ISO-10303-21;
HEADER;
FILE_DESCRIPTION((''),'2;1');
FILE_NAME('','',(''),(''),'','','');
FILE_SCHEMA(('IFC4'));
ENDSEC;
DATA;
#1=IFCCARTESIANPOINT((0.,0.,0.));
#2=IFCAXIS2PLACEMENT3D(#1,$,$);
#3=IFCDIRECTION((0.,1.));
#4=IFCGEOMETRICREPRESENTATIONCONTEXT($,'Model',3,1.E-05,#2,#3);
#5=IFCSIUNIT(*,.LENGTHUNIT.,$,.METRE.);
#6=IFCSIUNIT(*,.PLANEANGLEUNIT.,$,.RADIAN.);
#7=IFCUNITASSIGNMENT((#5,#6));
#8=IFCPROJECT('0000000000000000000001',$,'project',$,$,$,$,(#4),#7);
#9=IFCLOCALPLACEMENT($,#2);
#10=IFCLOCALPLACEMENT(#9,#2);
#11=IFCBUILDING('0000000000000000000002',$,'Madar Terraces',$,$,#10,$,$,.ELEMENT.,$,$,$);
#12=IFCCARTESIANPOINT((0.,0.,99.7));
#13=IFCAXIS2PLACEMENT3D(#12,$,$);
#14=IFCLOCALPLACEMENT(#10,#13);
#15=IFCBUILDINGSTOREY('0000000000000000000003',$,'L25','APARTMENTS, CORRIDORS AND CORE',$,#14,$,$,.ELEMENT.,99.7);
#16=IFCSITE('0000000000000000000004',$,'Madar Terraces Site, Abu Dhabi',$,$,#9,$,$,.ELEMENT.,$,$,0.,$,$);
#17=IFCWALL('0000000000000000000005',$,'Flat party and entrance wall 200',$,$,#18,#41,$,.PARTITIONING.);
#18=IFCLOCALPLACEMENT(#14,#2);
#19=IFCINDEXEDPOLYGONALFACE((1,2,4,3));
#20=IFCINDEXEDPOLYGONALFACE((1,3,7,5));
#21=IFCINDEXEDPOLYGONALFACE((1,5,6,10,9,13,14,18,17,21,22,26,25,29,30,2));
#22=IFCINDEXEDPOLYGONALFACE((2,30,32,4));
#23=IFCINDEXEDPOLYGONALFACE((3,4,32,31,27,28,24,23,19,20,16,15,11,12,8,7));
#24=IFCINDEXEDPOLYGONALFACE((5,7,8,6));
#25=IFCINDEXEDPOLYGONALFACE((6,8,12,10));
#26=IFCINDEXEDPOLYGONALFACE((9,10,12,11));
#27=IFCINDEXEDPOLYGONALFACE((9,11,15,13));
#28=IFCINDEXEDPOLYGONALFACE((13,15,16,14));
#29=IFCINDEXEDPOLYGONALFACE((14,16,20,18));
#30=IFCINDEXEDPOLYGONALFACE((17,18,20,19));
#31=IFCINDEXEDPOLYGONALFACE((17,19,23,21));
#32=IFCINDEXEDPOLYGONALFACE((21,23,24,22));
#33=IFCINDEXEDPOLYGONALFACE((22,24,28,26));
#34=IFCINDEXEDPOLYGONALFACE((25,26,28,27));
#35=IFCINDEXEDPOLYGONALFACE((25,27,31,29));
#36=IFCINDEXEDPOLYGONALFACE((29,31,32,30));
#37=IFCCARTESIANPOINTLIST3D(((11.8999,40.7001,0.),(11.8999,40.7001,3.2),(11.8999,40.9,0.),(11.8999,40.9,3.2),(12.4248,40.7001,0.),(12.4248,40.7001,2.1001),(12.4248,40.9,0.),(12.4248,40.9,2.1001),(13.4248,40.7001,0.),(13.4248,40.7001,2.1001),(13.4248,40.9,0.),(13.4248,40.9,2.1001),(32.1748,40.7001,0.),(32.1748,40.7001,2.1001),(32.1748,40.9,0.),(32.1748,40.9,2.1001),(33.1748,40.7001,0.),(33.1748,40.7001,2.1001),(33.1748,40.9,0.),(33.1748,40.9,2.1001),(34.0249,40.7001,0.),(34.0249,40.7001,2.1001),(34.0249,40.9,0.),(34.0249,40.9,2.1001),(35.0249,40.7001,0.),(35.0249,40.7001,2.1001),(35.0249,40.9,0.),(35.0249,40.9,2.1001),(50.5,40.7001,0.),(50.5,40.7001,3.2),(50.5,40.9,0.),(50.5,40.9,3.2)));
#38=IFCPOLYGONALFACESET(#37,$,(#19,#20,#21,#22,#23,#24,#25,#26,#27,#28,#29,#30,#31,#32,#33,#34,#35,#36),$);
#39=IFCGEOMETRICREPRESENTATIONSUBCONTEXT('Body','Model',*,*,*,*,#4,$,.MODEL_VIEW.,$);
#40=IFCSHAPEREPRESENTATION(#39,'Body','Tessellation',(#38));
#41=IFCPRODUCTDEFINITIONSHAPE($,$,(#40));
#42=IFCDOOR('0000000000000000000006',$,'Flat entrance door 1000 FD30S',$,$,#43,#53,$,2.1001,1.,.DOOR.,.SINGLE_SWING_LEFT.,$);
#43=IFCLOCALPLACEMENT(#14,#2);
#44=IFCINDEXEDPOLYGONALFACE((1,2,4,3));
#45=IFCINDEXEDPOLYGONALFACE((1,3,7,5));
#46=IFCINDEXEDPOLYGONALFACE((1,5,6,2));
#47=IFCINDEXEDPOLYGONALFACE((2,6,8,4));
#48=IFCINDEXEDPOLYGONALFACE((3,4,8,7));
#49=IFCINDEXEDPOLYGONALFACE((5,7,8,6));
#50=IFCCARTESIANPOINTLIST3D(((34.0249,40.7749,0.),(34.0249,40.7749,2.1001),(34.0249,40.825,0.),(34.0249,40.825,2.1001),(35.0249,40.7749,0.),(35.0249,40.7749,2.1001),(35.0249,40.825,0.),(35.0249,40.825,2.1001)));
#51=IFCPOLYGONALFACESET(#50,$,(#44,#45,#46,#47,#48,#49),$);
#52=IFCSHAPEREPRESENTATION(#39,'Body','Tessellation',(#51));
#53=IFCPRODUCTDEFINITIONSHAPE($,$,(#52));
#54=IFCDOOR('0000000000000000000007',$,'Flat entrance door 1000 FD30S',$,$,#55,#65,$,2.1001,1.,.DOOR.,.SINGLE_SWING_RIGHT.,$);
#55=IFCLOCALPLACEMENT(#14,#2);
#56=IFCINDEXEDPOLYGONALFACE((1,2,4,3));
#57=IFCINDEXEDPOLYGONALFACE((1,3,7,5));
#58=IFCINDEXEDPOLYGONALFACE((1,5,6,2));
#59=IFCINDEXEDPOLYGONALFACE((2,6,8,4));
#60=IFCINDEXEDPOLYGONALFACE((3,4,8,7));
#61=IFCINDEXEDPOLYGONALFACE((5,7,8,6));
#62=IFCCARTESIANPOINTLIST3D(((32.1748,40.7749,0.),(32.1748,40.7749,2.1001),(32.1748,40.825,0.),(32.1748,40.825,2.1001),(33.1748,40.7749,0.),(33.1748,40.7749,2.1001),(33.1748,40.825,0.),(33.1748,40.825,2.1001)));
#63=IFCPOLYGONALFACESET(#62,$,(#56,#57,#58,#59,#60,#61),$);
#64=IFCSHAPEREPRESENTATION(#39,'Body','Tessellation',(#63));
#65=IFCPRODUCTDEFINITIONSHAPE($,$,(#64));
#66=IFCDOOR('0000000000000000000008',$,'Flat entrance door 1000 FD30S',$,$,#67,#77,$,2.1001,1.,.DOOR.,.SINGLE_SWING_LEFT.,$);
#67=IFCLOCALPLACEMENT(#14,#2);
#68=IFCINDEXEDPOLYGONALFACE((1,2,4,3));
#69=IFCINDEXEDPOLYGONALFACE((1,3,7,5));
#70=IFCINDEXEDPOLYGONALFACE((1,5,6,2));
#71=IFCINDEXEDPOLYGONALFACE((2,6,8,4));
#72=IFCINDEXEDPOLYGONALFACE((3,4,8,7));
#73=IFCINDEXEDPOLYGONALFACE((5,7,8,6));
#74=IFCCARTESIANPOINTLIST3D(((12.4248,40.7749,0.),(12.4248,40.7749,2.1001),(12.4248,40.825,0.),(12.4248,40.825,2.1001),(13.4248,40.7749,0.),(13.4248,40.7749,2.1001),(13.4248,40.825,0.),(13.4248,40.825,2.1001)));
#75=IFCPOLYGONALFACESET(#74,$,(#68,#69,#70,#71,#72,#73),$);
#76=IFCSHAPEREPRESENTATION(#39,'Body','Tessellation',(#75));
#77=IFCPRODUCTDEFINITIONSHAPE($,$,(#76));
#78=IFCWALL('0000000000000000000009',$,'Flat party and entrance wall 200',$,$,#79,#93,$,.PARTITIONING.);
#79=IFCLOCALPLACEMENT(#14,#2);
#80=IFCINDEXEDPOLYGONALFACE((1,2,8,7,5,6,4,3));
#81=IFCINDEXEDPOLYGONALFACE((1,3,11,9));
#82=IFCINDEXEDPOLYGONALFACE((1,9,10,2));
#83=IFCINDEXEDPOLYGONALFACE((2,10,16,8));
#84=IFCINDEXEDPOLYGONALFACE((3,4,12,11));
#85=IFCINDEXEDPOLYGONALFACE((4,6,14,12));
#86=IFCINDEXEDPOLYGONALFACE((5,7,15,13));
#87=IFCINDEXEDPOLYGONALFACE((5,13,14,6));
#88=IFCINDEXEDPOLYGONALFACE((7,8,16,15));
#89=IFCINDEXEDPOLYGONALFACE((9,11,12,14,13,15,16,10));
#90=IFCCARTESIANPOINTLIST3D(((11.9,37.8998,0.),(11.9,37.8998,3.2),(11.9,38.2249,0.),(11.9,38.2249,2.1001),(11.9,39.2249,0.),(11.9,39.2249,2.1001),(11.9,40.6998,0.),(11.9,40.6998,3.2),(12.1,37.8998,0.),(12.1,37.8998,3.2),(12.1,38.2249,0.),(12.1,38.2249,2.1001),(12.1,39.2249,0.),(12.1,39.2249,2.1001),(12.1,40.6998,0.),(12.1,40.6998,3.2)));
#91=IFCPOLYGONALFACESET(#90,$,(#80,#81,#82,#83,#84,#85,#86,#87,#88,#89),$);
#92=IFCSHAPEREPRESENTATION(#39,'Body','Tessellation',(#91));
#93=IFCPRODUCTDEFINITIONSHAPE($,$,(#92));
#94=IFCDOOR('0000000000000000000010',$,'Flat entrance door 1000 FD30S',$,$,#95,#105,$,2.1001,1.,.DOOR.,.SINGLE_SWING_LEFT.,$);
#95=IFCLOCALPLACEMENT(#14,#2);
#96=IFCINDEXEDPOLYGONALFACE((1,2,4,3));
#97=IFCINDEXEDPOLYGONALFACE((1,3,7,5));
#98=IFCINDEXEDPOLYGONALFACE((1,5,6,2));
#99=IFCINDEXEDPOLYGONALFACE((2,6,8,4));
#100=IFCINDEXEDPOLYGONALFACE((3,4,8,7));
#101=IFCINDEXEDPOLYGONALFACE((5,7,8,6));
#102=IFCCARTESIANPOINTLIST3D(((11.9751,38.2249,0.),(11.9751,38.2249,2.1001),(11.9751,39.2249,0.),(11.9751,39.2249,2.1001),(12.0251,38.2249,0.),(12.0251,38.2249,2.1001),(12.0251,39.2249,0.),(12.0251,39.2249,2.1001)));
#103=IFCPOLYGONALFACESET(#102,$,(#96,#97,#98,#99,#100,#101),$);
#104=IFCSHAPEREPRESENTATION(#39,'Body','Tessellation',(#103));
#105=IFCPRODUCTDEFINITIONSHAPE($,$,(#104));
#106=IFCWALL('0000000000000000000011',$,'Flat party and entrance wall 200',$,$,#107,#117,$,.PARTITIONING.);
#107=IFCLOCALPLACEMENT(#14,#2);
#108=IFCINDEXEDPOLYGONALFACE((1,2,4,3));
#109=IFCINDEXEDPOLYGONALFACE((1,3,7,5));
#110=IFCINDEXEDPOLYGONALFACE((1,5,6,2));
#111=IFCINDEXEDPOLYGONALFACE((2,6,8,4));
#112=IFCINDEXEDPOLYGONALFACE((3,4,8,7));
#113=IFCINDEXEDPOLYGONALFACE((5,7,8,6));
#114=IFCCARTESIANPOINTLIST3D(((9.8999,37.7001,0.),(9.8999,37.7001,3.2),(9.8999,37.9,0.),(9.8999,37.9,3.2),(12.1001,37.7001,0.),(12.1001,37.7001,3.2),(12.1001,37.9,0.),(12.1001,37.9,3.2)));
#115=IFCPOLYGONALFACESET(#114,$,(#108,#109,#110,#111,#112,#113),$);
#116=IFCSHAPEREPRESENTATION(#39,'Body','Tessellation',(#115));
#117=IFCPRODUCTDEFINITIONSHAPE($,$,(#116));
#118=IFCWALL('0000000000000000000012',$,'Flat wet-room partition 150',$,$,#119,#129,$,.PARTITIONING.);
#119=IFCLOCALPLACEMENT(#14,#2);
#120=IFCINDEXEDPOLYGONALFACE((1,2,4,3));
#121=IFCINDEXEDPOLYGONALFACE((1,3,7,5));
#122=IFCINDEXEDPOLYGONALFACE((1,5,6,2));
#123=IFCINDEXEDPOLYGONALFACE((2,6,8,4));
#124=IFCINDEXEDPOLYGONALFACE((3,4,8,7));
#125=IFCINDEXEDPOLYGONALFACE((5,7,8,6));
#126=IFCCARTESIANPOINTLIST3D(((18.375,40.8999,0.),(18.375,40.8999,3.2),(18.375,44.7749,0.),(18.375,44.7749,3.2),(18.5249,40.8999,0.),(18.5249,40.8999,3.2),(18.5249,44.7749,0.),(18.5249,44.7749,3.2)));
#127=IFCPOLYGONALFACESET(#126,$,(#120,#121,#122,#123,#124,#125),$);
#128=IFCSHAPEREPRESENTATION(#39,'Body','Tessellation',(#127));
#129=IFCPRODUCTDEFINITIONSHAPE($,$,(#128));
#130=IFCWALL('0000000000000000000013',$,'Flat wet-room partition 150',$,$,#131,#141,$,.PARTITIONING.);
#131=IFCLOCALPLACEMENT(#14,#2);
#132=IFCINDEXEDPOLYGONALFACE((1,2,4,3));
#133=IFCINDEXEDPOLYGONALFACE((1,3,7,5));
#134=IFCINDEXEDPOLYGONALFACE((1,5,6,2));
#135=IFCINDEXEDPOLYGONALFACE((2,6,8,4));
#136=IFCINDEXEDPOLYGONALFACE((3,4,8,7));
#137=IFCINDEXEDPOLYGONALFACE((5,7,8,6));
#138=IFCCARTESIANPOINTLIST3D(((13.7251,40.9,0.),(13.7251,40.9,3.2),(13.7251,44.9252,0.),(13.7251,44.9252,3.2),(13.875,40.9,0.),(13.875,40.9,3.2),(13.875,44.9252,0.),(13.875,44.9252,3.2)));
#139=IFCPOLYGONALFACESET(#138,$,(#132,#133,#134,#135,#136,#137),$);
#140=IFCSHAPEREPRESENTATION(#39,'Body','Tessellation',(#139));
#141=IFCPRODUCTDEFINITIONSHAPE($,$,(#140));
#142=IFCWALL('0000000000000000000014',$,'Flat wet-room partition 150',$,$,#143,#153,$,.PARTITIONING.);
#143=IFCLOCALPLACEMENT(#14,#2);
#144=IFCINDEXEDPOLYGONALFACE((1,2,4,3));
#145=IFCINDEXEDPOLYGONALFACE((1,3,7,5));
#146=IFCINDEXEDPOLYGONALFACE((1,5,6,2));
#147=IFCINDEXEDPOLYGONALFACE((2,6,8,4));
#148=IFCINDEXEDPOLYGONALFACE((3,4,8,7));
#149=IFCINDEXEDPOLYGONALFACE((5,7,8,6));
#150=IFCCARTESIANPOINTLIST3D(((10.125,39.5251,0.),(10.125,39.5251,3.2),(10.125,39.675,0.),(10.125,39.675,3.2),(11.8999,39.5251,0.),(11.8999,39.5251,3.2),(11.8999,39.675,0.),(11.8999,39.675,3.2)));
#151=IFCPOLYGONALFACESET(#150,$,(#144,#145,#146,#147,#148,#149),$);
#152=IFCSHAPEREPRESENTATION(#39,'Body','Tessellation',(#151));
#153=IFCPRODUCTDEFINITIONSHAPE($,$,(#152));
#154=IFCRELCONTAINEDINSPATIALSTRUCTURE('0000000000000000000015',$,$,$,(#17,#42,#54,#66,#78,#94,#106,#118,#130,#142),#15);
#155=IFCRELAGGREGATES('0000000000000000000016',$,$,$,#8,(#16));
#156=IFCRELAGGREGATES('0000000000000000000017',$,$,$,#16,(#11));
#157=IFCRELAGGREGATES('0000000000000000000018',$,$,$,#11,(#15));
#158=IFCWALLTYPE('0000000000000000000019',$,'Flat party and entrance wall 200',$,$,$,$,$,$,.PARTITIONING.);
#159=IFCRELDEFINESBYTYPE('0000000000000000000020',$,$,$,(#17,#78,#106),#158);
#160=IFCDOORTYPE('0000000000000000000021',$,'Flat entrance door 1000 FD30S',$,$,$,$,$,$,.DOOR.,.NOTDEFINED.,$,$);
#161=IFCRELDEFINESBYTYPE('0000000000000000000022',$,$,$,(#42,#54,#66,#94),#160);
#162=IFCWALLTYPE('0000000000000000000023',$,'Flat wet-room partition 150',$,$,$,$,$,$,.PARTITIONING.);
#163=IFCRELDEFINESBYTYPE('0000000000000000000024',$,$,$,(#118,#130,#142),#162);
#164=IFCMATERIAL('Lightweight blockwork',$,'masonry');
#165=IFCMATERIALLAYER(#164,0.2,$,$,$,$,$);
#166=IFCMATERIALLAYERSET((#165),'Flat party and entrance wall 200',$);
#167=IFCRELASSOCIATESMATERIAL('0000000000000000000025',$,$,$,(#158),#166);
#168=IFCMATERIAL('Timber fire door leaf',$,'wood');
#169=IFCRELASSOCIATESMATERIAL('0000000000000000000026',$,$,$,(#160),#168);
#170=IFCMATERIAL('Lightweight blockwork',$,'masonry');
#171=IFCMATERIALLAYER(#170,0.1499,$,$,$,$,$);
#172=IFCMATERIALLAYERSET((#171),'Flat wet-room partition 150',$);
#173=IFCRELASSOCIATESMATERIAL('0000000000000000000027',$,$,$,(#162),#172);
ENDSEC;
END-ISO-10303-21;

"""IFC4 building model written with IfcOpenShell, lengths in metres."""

from ifc_helpers import new_model, si_unit, direction, frame, frame_2d, origin, place, context, subcontext, project, spatial, rectangle, extrude, material, layer, layer_set, type_object, element, fill, save


model = new_model("IFC4")

# Units and contexts
model_context = context("Model", 3, precision=1e-05, world=origin(), true_north=direction((0.0, 1.0)))
body_context = subcontext(model_context, "Body", "Model", "MODEL_VIEW")
ifc_project = project(units=[si_unit("LENGTHUNIT", "METRE"), si_unit("PLANEANGLEUNIT", "RADIAN")], contexts=[model_context])

# Site, building, storey
site_placement = place(None, origin())
site = spatial("IfcSite", under=ifc_project, at=site_placement, Name="Madar Terraces Site, Abu Dhabi", CompositionType="ELEMENT", RefElevation=0.0)
building_placement = place(site_placement, origin())
building = spatial("IfcBuilding", under=site, at=building_placement, Name="Madar Terraces", CompositionType="ELEMENT")
storey_placement = place(building_placement, frame((0.0, 0.0, 99.7)))
storey = spatial("IfcBuildingStorey", under=building, at=storey_placement, Name="L25", Description="APARTMENTS, CORRIDORS AND CORE", CompositionType="ELEMENT", Elevation=99.7)

# Wall, openings, doors
ifc_material_1 = material(Name="Lightweight blockwork", Category="masonry")
ifc_layer_1 = layer(ifc_material_1, 0.2)
ifc_layer_set_1 = layer_set([ifc_layer_1], Name="Flat party and entrance wall 200")
wall_type_1 = type_object("IfcWallType", Name="Flat party and entrance wall 200", PredefinedType="PARTITIONING", material=ifc_layer_set_1)
wall_1_placement = place(storey_placement, frame((11.8999, 40.8, 0.0), z_axis=(0.0, 0.0, 1.0), x_axis=(1.0, 0.0, 0.0)))
wall_1 = element("IfcWall", 1, at=wall_1_placement, inside=storey, type_object=wall_type_1, Name="Flat party and entrance wall 200", PredefinedType="PARTITIONING", context=body_context, shape_type="SweptSolid", body=[
    extrude(rectangle(XDim=38.6001, YDim=0.2, at=frame_2d((19.3, 0.0))), origin(), (0.0, 0.0, 1.0), 3.2),
])
opening_1_placement = place(wall_1_placement, frame((22.125, 0.0, 0.0)))
opening_1 = element("IfcOpeningElement", 2, at=opening_1_placement, cuts=wall_1, PredefinedType="OPENING", context=body_context, shape_type="SweptSolid", body=[
    extrude(rectangle(XDim=1.0, YDim=2.1001, at=frame_2d((0.5, 1.05))), frame((0.0, 0.1099, 0.0), z_axis=(0.0, -1.0, 0.0), x_axis=(1.0, 0.0, 0.0)), (0.0, 0.0, 1.0), 0.22),
])
opening_2_placement = place(wall_1_placement, frame((20.2749, 0.0, 0.0)))
opening_2 = element("IfcOpeningElement", 3, at=opening_2_placement, cuts=wall_1, PredefinedType="OPENING", context=body_context, shape_type="SweptSolid", body=[
    extrude(rectangle(XDim=1.0, YDim=2.1001, at=frame_2d((0.5, 1.05))), frame((0.0, 0.1099, 0.0), z_axis=(0.0, -1.0, 0.0), x_axis=(1.0, 0.0, 0.0)), (0.0, 0.0, 1.0), 0.22),
])
opening_3_placement = place(wall_1_placement, frame((0.5249, 0.0, 0.0)))
opening_3 = element("IfcOpeningElement", 4, at=opening_3_placement, cuts=wall_1, PredefinedType="OPENING", context=body_context, shape_type="SweptSolid", body=[
    extrude(rectangle(XDim=1.0, YDim=2.1001, at=frame_2d((0.5, 1.05))), frame((0.0, 0.1099, 0.0), z_axis=(0.0, -1.0, 0.0), x_axis=(1.0, 0.0, 0.0)), (0.0, 0.0, 1.0), 0.22),
])
ifc_material_2 = material(Name="Timber fire door leaf", Category="wood")
door_type_1 = type_object("IfcDoorType", Name="Flat entrance door 1000 FD30S", OperationType="NOTDEFINED", PredefinedType="DOOR", material=ifc_material_2)
door_1_placement = place(opening_1_placement, origin())
door_1 = element("IfcDoor", 5, at=door_1_placement, inside=storey, type_object=door_type_1, Name="Flat entrance door 1000 FD30S", OperationType="SINGLE_SWING_LEFT", OverallHeight=2.1001, OverallWidth=1.0, PredefinedType="DOOR", context=body_context, shape_type="SweptSolid", body=[
    extrude(rectangle(XDim=1.0, YDim=2.1001, at=frame_2d((0.5, 1.05))), frame((0.0, 0.0249, 0.0), z_axis=(0.0, -1.0, 0.0), x_axis=(1.0, 0.0, 0.0)), (0.0, 0.0, 1.0), 0.05),
])
fill(opening_1, door_1)
door_2_placement = place(opening_2_placement, origin())
door_2 = element("IfcDoor", 6, at=door_2_placement, inside=storey, type_object=door_type_1, Name="Flat entrance door 1000 FD30S", OperationType="SINGLE_SWING_RIGHT", OverallHeight=2.1001, OverallWidth=1.0, PredefinedType="DOOR", context=body_context, shape_type="SweptSolid", body=[
    extrude(rectangle(XDim=1.0, YDim=2.1001, at=frame_2d((0.5, 1.05))), frame((0.0, 0.0249, 0.0), z_axis=(0.0, -1.0, 0.0), x_axis=(1.0, 0.0, 0.0)), (0.0, 0.0, 1.0), 0.05),
])
fill(opening_2, door_2)
door_3_placement = place(opening_3_placement, origin())
door_3 = element("IfcDoor", 7, at=door_3_placement, inside=storey, type_object=door_type_1, Name="Flat entrance door 1000 FD30S", OperationType="SINGLE_SWING_LEFT", OverallHeight=2.1001, OverallWidth=1.0, PredefinedType="DOOR", context=body_context, shape_type="SweptSolid", body=[
    extrude(rectangle(XDim=1.0, YDim=2.1001, at=frame_2d((0.5, 1.05))), frame((0.0, 0.0249, 0.0), z_axis=(0.0, -1.0, 0.0), x_axis=(1.0, 0.0, 0.0)), (0.0, 0.0, 1.0), 0.05),
])
fill(opening_3, door_3)

# Wall, opening, door
wall_2_placement = place(storey_placement, frame((12.0, 37.8999, 0.0), z_axis=(0.0, 0.0, 1.0), x_axis=(0.0, 1.0, 0.0)))
wall_2 = element("IfcWall", 8, at=wall_2_placement, inside=storey, type_object=wall_type_1, Name="Flat party and entrance wall 200", PredefinedType="PARTITIONING", context=body_context, shape_type="SweptSolid", body=[
    extrude(rectangle(XDim=2.8, YDim=0.2, at=frame_2d((1.3999, 0.0))), origin(), (0.0, 0.0, 1.0), 3.2),
])
opening_4_placement = place(wall_2_placement, frame((0.325, 0.0, 0.0)))
opening_4 = element("IfcOpeningElement", 9, at=opening_4_placement, cuts=wall_2, PredefinedType="OPENING", context=body_context, shape_type="SweptSolid", body=[
    extrude(rectangle(XDim=1.0, YDim=2.1001, at=frame_2d((0.5, 1.05))), frame((0.0, 0.1099, 0.0), z_axis=(0.0, -1.0, 0.0), x_axis=(1.0, 0.0, 0.0)), (0.0, 0.0, 1.0), 0.22),
])
door_4_placement = place(opening_4_placement, origin())
door_4 = element("IfcDoor", 10, at=door_4_placement, inside=storey, type_object=door_type_1, Name="Flat entrance door 1000 FD30S", OperationType="SINGLE_SWING_LEFT", OverallHeight=2.1001, OverallWidth=1.0, PredefinedType="DOOR", context=body_context, shape_type="SweptSolid", body=[
    extrude(rectangle(XDim=1.0, YDim=2.1001, at=frame_2d((0.5, 1.05))), frame((0.0, 0.0249, 0.0), z_axis=(0.0, -1.0, 0.0), x_axis=(1.0, 0.0, 0.0)), (0.0, 0.0, 1.0), 0.05),
])
fill(opening_4, door_4)

# Walls
wall_3_placement = place(storey_placement, frame((12.1001, 37.8, 0.0), z_axis=(0.0, 0.0, 1.0), x_axis=(-1.0, 0.0, 0.0)))
element("IfcWall", 11, at=wall_3_placement, inside=storey, type_object=wall_type_1, Name="Flat party and entrance wall 200", PredefinedType="PARTITIONING", context=body_context, shape_type="SweptSolid", body=[
    extrude(rectangle(XDim=2.2002, YDim=0.2, at=frame_2d((1.1001, 0.0))), origin(), (0.0, 0.0, 1.0), 3.2),
])
ifc_material_3 = material(Name="Lightweight blockwork", Category="masonry")
ifc_layer_2 = layer(ifc_material_3, 0.1499)
ifc_layer_set_2 = layer_set([ifc_layer_2], Name="Flat wet-room partition 150")
wall_type_2 = type_object("IfcWallType", Name="Flat wet-room partition 150", PredefinedType="PARTITIONING", material=ifc_layer_set_2)
wall_4_placement = place(storey_placement, frame((18.45, 40.8999, 0.0), z_axis=(0.0, 0.0, 1.0), x_axis=(0.0, 1.0, 0.0)))
element("IfcWall", 12, at=wall_4_placement, inside=storey, type_object=wall_type_2, Name="Flat wet-room partition 150", PredefinedType="PARTITIONING", context=body_context, shape_type="SweptSolid", body=[
    extrude(rectangle(XDim=3.875, YDim=0.1499, at=frame_2d((1.9375, 0.0))), origin(), (0.0, 0.0, 1.0), 3.2),
])
wall_5_placement = place(storey_placement, frame((13.8, 40.8999, 0.0), z_axis=(0.0, 0.0, 1.0), x_axis=(0.0, 1.0, 0.0)))
element("IfcWall", 13, at=wall_5_placement, inside=storey, type_object=wall_type_2, Name="Flat wet-room partition 150", PredefinedType="PARTITIONING", context=body_context, shape_type="SweptSolid", body=[
    extrude(rectangle(XDim=4.0251, YDim=0.1499, at=frame_2d((2.0127, 0.0))), origin(), (0.0, 0.0, 1.0), 3.2),
])
wall_6_placement = place(storey_placement, frame((11.8999, 39.6001, 0.0), z_axis=(0.0, 0.0, 1.0), x_axis=(-1.0, 0.0, 0.0)))
element("IfcWall", 14, at=wall_6_placement, inside=storey, type_object=wall_type_2, Name="Flat wet-room partition 150", PredefinedType="PARTITIONING", context=body_context, shape_type="SweptSolid", body=[
    extrude(rectangle(XDim=1.7749, YDim=0.1499, at=frame_2d((0.8875, 0.0))), origin(), (0.0, 0.0, 1.0), 3.2),
])

save(model, "model.ifc")
